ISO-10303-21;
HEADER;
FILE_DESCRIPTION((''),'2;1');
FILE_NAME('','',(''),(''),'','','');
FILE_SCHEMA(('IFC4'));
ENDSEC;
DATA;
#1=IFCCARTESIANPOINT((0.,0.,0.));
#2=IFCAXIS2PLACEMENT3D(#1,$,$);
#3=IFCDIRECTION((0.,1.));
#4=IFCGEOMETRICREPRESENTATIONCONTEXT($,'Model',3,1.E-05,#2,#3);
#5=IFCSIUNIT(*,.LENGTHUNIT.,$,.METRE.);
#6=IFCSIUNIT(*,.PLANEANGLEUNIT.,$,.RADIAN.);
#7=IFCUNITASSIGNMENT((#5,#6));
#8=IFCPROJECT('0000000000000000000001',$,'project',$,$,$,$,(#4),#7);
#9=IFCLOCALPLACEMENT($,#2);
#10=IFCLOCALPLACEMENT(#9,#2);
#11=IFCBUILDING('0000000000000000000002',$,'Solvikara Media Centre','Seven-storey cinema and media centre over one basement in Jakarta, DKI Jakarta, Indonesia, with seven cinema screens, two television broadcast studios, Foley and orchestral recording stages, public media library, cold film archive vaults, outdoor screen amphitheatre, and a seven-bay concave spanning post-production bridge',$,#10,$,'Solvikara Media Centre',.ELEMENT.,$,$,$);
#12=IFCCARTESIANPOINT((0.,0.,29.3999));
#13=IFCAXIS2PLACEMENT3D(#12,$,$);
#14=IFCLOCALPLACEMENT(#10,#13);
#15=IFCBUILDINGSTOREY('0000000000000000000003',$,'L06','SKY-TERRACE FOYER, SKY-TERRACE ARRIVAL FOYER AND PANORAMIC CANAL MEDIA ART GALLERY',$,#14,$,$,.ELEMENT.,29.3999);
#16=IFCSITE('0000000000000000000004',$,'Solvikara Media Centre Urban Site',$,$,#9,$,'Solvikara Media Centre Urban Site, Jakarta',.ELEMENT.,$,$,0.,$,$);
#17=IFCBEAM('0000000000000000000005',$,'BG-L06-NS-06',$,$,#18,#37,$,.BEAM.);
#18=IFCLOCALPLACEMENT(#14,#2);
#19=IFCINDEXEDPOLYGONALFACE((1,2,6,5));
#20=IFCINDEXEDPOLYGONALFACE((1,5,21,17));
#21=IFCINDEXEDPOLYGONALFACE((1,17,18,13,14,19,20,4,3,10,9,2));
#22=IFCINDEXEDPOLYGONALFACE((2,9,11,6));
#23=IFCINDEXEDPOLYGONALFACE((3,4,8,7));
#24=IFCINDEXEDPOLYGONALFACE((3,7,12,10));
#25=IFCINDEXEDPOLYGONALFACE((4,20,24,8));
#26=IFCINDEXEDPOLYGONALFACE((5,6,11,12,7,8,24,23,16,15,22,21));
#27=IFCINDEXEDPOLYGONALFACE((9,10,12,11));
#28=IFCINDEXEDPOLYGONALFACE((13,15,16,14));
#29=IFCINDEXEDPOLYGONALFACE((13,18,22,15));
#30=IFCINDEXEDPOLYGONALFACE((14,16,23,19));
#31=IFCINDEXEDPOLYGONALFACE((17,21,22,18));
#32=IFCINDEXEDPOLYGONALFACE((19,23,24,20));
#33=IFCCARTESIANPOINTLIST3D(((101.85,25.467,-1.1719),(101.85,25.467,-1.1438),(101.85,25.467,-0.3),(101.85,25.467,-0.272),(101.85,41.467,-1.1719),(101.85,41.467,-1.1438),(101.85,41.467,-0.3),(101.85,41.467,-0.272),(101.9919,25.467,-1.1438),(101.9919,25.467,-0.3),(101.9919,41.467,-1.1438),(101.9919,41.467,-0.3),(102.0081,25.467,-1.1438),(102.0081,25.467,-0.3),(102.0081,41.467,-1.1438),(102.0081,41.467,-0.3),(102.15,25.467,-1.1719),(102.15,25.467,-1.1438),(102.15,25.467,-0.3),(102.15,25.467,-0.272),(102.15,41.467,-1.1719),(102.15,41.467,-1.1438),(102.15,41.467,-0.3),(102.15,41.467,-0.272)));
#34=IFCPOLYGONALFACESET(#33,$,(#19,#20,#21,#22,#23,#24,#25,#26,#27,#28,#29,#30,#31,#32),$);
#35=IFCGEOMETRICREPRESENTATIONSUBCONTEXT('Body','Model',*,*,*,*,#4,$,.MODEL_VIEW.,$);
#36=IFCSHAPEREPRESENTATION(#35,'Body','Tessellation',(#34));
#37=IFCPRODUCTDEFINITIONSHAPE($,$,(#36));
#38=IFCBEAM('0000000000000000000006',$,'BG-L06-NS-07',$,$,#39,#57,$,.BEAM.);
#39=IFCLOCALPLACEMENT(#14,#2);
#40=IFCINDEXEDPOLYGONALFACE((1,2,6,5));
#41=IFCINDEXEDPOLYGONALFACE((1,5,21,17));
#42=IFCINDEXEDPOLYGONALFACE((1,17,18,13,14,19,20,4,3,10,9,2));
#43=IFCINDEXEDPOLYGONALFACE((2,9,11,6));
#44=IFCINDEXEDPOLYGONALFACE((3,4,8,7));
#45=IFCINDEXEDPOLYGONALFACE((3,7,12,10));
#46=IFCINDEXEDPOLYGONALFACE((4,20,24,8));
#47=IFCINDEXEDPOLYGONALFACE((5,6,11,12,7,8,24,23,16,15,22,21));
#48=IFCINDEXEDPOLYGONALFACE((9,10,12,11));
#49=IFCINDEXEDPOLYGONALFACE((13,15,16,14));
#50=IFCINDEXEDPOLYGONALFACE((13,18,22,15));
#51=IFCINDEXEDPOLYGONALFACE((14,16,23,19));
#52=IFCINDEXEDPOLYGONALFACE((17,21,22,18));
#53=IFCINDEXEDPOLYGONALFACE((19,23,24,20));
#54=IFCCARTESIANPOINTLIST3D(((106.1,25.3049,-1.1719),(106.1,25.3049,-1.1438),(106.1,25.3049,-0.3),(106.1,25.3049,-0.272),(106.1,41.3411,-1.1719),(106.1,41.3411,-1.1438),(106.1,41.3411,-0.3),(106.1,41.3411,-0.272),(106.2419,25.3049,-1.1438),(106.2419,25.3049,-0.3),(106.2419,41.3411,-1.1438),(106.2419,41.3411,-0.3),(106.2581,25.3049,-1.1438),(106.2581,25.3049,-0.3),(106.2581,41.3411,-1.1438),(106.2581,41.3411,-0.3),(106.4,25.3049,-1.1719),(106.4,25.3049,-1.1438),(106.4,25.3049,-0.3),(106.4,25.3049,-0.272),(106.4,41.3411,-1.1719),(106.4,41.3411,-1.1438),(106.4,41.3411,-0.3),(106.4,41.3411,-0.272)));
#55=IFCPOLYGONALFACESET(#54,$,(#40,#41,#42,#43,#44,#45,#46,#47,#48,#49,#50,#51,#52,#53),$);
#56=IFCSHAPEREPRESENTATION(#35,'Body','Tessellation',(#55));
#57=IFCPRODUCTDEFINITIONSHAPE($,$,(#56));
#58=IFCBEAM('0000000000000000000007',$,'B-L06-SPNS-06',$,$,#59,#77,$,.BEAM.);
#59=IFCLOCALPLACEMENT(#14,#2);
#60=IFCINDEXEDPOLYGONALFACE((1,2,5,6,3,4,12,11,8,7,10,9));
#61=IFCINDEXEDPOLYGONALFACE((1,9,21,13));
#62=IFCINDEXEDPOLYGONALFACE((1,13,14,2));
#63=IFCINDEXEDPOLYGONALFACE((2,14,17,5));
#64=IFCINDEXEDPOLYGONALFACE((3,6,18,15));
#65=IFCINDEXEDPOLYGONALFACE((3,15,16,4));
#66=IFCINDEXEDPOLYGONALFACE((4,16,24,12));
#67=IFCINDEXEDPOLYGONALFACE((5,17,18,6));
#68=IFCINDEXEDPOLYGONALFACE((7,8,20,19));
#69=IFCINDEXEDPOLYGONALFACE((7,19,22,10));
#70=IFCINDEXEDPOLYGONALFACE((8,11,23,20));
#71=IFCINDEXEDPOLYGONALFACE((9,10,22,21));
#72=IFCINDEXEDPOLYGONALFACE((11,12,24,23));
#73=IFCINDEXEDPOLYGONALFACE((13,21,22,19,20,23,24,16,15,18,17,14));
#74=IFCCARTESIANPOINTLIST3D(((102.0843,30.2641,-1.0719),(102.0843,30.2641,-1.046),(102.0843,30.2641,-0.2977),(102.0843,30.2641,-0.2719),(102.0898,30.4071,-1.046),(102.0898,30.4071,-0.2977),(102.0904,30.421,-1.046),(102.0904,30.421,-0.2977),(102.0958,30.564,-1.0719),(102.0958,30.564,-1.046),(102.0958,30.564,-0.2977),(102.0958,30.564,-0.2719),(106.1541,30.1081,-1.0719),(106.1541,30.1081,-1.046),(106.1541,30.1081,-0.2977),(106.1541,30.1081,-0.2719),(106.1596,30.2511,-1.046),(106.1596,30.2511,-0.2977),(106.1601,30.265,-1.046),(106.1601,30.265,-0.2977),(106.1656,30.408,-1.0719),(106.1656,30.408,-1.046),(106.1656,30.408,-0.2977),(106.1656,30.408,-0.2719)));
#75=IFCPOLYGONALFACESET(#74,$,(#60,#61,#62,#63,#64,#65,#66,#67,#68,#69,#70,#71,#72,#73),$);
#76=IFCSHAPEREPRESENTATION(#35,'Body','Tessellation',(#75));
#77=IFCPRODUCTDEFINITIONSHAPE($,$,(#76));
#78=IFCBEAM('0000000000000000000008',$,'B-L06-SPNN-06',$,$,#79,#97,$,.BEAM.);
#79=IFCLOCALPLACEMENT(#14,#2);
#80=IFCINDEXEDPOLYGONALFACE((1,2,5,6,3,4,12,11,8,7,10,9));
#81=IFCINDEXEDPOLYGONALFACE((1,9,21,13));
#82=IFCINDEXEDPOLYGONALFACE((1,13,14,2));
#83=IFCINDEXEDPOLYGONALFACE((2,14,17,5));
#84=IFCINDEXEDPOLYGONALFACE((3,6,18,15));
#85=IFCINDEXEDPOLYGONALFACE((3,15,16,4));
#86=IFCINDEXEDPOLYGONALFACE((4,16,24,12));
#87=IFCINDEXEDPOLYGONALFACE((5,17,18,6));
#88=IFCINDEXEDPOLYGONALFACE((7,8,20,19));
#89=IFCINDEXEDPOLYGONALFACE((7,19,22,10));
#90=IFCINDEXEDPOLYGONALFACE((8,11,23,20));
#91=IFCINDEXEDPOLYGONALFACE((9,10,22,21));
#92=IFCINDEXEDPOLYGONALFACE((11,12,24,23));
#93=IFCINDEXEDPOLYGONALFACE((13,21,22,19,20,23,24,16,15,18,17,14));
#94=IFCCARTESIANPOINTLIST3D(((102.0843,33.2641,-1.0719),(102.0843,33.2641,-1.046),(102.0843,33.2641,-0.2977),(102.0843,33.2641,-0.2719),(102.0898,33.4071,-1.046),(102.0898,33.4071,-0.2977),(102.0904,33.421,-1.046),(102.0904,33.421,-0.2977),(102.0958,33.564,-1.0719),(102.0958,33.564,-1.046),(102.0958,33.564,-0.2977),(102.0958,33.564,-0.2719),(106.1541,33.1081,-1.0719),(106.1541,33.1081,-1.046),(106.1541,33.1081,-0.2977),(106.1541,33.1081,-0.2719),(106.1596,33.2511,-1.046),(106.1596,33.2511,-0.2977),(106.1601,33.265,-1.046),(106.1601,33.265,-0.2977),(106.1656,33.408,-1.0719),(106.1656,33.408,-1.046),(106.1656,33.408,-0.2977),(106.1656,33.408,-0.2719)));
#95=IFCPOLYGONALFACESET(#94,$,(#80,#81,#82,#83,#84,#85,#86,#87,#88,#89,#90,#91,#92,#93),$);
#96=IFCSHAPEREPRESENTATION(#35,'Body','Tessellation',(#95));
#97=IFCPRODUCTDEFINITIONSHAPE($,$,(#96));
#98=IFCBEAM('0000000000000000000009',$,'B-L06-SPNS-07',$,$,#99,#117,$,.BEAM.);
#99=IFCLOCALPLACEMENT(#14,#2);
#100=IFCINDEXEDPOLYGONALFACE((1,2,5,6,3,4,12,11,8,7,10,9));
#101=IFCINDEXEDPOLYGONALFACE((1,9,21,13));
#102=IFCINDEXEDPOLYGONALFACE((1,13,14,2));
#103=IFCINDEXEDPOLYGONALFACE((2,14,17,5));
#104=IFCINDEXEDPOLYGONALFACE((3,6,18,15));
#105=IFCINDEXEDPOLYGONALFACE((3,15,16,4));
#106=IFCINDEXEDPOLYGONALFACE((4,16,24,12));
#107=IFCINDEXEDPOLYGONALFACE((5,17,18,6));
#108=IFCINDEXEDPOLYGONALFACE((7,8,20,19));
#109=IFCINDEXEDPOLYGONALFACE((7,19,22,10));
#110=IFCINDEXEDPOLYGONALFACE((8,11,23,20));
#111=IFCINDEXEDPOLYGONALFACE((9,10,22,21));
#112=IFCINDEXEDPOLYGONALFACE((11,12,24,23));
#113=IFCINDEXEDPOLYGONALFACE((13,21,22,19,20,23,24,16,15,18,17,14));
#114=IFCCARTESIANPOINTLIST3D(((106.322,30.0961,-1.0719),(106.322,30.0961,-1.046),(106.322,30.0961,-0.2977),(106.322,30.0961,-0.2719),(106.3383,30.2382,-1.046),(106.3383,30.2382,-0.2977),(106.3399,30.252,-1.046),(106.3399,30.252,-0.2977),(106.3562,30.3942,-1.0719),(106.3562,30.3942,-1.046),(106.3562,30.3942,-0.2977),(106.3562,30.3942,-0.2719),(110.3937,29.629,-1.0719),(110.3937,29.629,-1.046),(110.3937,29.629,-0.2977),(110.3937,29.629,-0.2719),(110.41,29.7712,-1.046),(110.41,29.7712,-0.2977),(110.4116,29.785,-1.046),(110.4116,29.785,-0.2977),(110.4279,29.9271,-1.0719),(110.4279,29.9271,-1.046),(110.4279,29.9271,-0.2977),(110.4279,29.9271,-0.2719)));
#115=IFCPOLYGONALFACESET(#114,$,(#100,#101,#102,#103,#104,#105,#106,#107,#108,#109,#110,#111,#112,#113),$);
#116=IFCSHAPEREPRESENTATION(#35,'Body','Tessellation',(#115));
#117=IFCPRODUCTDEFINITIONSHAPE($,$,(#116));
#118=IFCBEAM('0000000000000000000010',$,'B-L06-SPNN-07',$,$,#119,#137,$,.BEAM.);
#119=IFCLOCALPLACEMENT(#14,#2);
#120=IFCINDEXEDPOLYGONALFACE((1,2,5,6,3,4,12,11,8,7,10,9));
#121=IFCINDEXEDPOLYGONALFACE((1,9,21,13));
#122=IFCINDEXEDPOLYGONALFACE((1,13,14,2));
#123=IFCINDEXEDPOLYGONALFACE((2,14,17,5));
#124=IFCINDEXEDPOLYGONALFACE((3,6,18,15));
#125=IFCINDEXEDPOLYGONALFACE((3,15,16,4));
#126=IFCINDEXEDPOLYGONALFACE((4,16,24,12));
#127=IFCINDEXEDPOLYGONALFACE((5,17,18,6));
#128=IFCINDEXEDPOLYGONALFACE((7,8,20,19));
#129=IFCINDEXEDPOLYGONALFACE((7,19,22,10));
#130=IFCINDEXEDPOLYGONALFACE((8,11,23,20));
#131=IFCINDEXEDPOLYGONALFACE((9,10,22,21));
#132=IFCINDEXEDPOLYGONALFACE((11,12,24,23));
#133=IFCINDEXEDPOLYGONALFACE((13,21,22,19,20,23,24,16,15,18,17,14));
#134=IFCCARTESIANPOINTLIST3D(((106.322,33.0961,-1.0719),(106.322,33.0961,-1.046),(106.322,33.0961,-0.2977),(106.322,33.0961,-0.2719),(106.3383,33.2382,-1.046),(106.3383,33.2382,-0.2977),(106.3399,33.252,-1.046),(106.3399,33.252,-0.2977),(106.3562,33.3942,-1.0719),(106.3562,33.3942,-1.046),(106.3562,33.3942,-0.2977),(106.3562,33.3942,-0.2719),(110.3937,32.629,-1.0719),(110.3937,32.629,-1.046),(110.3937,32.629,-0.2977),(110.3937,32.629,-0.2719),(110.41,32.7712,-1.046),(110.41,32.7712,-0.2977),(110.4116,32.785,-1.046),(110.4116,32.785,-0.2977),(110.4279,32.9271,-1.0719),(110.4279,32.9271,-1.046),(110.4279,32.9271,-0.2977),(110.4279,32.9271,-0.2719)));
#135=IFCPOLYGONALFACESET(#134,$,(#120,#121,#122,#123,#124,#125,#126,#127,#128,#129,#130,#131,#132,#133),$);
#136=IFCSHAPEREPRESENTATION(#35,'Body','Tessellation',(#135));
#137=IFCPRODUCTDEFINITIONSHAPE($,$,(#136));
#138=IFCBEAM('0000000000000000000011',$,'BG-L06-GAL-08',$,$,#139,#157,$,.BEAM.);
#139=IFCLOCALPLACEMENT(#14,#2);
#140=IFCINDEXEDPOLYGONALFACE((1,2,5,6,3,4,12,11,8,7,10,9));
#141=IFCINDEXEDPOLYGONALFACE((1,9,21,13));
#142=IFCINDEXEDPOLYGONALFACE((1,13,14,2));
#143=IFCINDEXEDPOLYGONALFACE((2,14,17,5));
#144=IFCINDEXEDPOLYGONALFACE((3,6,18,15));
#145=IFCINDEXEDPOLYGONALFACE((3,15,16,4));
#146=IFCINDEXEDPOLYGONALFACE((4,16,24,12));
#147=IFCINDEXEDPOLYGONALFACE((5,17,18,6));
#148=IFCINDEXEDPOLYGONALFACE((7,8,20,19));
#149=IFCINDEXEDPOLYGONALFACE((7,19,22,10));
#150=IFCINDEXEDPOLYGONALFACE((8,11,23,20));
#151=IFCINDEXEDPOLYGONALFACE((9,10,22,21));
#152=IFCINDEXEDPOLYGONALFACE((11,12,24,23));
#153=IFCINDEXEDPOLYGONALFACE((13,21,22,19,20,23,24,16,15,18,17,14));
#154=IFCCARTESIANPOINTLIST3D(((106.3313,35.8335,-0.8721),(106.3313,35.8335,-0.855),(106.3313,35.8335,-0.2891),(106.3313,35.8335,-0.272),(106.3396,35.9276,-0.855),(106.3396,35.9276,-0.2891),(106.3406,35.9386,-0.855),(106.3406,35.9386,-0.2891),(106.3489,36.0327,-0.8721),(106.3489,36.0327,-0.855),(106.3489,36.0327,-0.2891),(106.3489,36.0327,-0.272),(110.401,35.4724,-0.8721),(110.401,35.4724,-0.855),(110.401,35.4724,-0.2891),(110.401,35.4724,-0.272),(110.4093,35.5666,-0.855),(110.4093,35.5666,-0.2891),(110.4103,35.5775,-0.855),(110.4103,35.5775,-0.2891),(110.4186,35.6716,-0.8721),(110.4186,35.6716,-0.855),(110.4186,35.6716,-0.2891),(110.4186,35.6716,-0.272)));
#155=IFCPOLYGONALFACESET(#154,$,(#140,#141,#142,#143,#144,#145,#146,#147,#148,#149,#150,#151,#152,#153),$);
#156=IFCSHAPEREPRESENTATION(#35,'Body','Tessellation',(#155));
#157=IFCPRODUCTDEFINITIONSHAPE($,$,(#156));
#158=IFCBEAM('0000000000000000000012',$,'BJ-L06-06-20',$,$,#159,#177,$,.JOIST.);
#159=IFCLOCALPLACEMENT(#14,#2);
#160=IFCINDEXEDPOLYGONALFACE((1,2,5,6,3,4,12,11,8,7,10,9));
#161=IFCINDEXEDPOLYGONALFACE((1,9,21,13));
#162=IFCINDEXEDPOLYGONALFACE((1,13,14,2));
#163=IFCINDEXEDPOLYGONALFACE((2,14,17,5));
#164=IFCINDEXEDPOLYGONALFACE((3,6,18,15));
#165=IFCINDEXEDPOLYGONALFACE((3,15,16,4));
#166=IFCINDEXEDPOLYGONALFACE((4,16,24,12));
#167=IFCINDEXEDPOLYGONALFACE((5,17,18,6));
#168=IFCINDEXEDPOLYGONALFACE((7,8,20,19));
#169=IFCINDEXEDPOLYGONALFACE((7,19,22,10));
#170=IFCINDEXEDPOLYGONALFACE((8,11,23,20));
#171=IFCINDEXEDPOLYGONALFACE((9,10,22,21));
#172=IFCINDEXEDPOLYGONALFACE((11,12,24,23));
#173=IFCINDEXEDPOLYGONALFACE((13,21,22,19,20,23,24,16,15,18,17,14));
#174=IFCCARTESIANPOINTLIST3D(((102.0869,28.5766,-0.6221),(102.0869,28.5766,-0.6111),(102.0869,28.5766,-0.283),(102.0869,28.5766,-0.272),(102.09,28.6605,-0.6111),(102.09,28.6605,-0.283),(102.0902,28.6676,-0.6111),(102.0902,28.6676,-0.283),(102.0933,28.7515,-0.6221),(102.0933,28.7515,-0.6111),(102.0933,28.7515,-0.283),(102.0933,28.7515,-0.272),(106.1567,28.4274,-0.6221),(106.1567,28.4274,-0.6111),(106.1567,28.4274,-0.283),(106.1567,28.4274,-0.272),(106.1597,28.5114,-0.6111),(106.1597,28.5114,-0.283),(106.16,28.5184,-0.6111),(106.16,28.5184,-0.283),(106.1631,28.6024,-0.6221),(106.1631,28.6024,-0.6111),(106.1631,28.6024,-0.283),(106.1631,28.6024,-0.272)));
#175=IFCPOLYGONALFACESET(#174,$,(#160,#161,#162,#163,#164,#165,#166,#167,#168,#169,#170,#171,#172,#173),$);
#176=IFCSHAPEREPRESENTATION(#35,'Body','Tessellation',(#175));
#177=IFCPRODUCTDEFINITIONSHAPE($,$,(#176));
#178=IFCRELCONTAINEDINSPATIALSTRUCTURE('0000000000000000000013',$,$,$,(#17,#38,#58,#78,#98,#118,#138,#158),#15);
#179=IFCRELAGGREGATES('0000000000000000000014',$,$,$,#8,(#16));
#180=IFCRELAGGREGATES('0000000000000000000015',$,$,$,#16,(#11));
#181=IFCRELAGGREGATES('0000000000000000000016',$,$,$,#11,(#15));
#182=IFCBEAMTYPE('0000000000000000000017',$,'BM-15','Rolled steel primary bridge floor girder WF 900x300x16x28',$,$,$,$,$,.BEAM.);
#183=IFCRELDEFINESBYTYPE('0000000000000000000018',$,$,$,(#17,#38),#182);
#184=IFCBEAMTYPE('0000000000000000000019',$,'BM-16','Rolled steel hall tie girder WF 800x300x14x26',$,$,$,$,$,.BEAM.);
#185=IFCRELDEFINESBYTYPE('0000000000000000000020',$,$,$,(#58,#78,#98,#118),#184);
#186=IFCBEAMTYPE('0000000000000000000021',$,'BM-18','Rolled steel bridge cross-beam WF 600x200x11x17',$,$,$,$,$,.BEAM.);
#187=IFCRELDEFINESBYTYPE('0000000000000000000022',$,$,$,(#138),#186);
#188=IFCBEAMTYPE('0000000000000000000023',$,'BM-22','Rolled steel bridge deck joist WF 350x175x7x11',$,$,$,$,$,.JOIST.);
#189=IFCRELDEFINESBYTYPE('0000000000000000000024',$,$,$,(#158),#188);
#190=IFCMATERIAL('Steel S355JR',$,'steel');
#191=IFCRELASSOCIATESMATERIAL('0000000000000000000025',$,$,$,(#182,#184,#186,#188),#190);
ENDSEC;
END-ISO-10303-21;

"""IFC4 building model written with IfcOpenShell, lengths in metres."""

from ifc_helpers import new_model, si_unit, direction, frame, origin, origin_2d, place, context, subcontext, project, spatial, i_section, extrude, material, material_profile, profile_set, type_object, element, save


model = new_model("IFC4")

# Units and contexts
model_context = context("Model", 3, precision=1e-05, world=origin(), true_north=direction((0.0, 1.0)))
body_context = subcontext(model_context, "Body", "Model", "MODEL_VIEW")
ifc_project = project(units=[si_unit("LENGTHUNIT", "METRE"), si_unit("PLANEANGLEUNIT", "RADIAN")], contexts=[model_context])

# Site, building, storey
site_placement = place(None, origin())
site = spatial("IfcSite", under=ifc_project, at=site_placement, Name="Solvikara Media Centre Urban Site", LongName="Solvikara Media Centre Urban Site, Jakarta", CompositionType="ELEMENT", RefElevation=0.0)
building_placement = place(site_placement, origin())
building = spatial("IfcBuilding", under=site, at=building_placement, Name="Solvikara Media Centre", Description="Seven-storey cinema and media centre over one basement in Jakarta, DKI Jakarta, Indonesia, with seven cinema screens, two television broadcast studios, Foley and orchestral recording stages, public media library, cold film archive vaults, outdoor screen amphitheatre, and a seven-bay concave spanning post-production bridge", LongName="Solvikara Media Centre", CompositionType="ELEMENT")
storey_placement = place(building_placement, frame((0.0, 0.0, 29.3999)))
storey = spatial("IfcBuildingStorey", under=building, at=storey_placement, Name="L06", Description="SKY-TERRACE FOYER, SKY-TERRACE ARRIVAL FOYER AND PANORAMIC CANAL MEDIA ART GALLERY", CompositionType="ELEMENT", Elevation=29.3999)

# Beams
ifc_material_1 = material(Name="Steel S355JR", Category="steel")
ifc_material_profile_1 = material_profile(ifc_material_1, i_section(OverallWidth=0.3, OverallDepth=0.8999, WebThickness=0.0161, FlangeThickness=0.0281, at=origin_2d()), Name="WF 900x300x16x28")
ifc_profile_set_1 = profile_set([ifc_material_profile_1], Name="Steel S355JR")
beam_type_1 = type_object("IfcBeamType", Name="BM-15", Description="Rolled steel primary bridge floor girder WF 900x300x16x28", PredefinedType="BEAM", material=ifc_profile_set_1)
beam_1_placement = place(storey_placement, frame((102.0, 25.467, -0.7219), z_axis=(0.0, 1.0, 0.0), x_axis=(-1.0, 0.0, 0.0)))
element("IfcBeam", 1, at=beam_1_placement, inside=storey, type_object=beam_type_1, Name="BG-L06-NS-06", PredefinedType="BEAM", context=body_context, shape_type="SweptSolid", body=[
    extrude(i_section(OverallWidth=0.3, OverallDepth=0.8999, WebThickness=0.0161, FlangeThickness=0.0281, at=origin_2d()), origin(), (0.0, 0.0, 1.0), 16.0),
])
beam_2_placement = place(storey_placement, frame((106.25, 25.3049, -0.7219), z_axis=(0.0, 1.0, 0.0), x_axis=(-1.0, 0.0, 0.0)))
element("IfcBeam", 2, at=beam_2_placement, inside=storey, type_object=beam_type_1, Name="BG-L06-NS-07", PredefinedType="BEAM", context=body_context, shape_type="SweptSolid", body=[
    extrude(i_section(OverallWidth=0.3, OverallDepth=0.8999, WebThickness=0.0161, FlangeThickness=0.0281, at=origin_2d()), origin(), (0.0, 0.0, 1.0), 16.0361),
])
ifc_material_profile_2 = material_profile(ifc_material_1, i_section(OverallWidth=0.3, OverallDepth=0.8, WebThickness=0.0139, FlangeThickness=0.0259, at=origin_2d()), Name="WF 800x300x14x26")
ifc_profile_set_2 = profile_set([ifc_material_profile_2], Name="Steel S355JR")
beam_type_2 = type_object("IfcBeamType", Name="BM-16", Description="Rolled steel hall tie girder WF 800x300x14x26", PredefinedType="BEAM", material=ifc_profile_set_2)
for number, where, z_axis, x_axis, name in (
    (3, (102.0901, 30.4141, -0.6719), (0.999266, -0.038304, 0.0), (0.038304, 0.999266, 0.0), "B-L06-SPNS-06"),
    (4, (102.0901, 33.4141, -0.6719), (0.999266, -0.038304, 0.0), (0.038304, 0.999266, 0.0), "B-L06-SPNN-06"),
):
    element("IfcBeam", number, at=place(storey_placement, frame(where, z_axis=z_axis, x_axis=x_axis)), inside=storey, type_object=beam_type_2, Name=name, PredefinedType="BEAM", context=body_context, shape_type="SweptSolid", body=[
        extrude(i_section(OverallWidth=0.3, OverallDepth=0.8, WebThickness=0.0139, FlangeThickness=0.0259, at=origin_2d()), origin(), (0.0, 0.0, 1.0), 4.0728),
    ])
for number, where, z_axis, x_axis, name in (
    (5, (106.3391, 30.2451, -0.6719), (0.993486, -0.113955, 0.0), (0.113955, 0.993486, 0.0), "B-L06-SPNS-07"),
    (6, (106.3391, 33.2451, -0.6719), (0.993486, -0.113955, 0.0), (0.113955, 0.993486, 0.0), "B-L06-SPNN-07"),
):
    element("IfcBeam", number, at=place(storey_placement, frame(where, z_axis=z_axis, x_axis=x_axis)), inside=storey, type_object=beam_type_2, Name=name, PredefinedType="BEAM", context=body_context, shape_type="SweptSolid", body=[
        extrude(i_section(OverallWidth=0.3, OverallDepth=0.8, WebThickness=0.0139, FlangeThickness=0.0259, at=origin_2d()), origin(), (0.0, 0.0, 1.0), 4.0984),
    ])
ifc_material_profile_3 = material_profile(ifc_material_1, i_section(OverallWidth=0.2, OverallDepth=0.6001, WebThickness=0.011, FlangeThickness=0.0171, at=origin_2d()), Name="WF 600x200x11x17")
ifc_profile_set_3 = profile_set([ifc_material_profile_3], Name="Steel S355JR")
beam_type_3 = type_object("IfcBeamType", Name="BM-18", Description="Rolled steel bridge cross-beam WF 600x200x11x17", PredefinedType="BEAM", material=ifc_profile_set_3)
beam_3_placement = place(storey_placement, frame((106.3401, 35.9331, -0.572), z_axis=(0.996087, -0.088375, 0.0), x_axis=(0.088375, 0.996087, 0.0)))
element("IfcBeam", 7, at=beam_3_placement, inside=storey, type_object=beam_type_3, Name="BG-L06-GAL-08", PredefinedType="BEAM", context=body_context, shape_type="SweptSolid", body=[
    extrude(i_section(OverallWidth=0.2, OverallDepth=0.6001, WebThickness=0.011, FlangeThickness=0.0171, at=origin_2d()), origin(), (0.0, 0.0, 1.0), 4.0857),
])
ifc_material_profile_4 = material_profile(ifc_material_1, i_section(OverallWidth=0.175, OverallDepth=0.3501, WebThickness=0.0071, FlangeThickness=0.011, at=origin_2d()), Name="WF 350x175x7x11")
ifc_profile_set_4 = profile_set([ifc_material_profile_4], Name="Steel S355JR")
beam_type_4 = type_object("IfcBeamType", Name="BM-22", Description="Rolled steel bridge deck joist WF 350x175x7x11", PredefinedType="JOIST", material=ifc_profile_set_4)
beam_4_placement = place(storey_placement, frame((102.0901, 28.6641, -0.447), z_axis=(0.999329, -0.036628, 0.0), x_axis=(0.036628, 0.999329, 0.0)))
element("IfcBeam", 8, at=beam_4_placement, inside=storey, type_object=beam_type_4, Name="BJ-L06-06-20", PredefinedType="JOIST", context=body_context, shape_type="SweptSolid", body=[
    extrude(i_section(OverallWidth=0.175, OverallDepth=0.3501, WebThickness=0.0071, FlangeThickness=0.011, at=origin_2d()), origin(), (0.0, 0.0, 1.0), 4.0725),
])

save(model, "model.ifc")
